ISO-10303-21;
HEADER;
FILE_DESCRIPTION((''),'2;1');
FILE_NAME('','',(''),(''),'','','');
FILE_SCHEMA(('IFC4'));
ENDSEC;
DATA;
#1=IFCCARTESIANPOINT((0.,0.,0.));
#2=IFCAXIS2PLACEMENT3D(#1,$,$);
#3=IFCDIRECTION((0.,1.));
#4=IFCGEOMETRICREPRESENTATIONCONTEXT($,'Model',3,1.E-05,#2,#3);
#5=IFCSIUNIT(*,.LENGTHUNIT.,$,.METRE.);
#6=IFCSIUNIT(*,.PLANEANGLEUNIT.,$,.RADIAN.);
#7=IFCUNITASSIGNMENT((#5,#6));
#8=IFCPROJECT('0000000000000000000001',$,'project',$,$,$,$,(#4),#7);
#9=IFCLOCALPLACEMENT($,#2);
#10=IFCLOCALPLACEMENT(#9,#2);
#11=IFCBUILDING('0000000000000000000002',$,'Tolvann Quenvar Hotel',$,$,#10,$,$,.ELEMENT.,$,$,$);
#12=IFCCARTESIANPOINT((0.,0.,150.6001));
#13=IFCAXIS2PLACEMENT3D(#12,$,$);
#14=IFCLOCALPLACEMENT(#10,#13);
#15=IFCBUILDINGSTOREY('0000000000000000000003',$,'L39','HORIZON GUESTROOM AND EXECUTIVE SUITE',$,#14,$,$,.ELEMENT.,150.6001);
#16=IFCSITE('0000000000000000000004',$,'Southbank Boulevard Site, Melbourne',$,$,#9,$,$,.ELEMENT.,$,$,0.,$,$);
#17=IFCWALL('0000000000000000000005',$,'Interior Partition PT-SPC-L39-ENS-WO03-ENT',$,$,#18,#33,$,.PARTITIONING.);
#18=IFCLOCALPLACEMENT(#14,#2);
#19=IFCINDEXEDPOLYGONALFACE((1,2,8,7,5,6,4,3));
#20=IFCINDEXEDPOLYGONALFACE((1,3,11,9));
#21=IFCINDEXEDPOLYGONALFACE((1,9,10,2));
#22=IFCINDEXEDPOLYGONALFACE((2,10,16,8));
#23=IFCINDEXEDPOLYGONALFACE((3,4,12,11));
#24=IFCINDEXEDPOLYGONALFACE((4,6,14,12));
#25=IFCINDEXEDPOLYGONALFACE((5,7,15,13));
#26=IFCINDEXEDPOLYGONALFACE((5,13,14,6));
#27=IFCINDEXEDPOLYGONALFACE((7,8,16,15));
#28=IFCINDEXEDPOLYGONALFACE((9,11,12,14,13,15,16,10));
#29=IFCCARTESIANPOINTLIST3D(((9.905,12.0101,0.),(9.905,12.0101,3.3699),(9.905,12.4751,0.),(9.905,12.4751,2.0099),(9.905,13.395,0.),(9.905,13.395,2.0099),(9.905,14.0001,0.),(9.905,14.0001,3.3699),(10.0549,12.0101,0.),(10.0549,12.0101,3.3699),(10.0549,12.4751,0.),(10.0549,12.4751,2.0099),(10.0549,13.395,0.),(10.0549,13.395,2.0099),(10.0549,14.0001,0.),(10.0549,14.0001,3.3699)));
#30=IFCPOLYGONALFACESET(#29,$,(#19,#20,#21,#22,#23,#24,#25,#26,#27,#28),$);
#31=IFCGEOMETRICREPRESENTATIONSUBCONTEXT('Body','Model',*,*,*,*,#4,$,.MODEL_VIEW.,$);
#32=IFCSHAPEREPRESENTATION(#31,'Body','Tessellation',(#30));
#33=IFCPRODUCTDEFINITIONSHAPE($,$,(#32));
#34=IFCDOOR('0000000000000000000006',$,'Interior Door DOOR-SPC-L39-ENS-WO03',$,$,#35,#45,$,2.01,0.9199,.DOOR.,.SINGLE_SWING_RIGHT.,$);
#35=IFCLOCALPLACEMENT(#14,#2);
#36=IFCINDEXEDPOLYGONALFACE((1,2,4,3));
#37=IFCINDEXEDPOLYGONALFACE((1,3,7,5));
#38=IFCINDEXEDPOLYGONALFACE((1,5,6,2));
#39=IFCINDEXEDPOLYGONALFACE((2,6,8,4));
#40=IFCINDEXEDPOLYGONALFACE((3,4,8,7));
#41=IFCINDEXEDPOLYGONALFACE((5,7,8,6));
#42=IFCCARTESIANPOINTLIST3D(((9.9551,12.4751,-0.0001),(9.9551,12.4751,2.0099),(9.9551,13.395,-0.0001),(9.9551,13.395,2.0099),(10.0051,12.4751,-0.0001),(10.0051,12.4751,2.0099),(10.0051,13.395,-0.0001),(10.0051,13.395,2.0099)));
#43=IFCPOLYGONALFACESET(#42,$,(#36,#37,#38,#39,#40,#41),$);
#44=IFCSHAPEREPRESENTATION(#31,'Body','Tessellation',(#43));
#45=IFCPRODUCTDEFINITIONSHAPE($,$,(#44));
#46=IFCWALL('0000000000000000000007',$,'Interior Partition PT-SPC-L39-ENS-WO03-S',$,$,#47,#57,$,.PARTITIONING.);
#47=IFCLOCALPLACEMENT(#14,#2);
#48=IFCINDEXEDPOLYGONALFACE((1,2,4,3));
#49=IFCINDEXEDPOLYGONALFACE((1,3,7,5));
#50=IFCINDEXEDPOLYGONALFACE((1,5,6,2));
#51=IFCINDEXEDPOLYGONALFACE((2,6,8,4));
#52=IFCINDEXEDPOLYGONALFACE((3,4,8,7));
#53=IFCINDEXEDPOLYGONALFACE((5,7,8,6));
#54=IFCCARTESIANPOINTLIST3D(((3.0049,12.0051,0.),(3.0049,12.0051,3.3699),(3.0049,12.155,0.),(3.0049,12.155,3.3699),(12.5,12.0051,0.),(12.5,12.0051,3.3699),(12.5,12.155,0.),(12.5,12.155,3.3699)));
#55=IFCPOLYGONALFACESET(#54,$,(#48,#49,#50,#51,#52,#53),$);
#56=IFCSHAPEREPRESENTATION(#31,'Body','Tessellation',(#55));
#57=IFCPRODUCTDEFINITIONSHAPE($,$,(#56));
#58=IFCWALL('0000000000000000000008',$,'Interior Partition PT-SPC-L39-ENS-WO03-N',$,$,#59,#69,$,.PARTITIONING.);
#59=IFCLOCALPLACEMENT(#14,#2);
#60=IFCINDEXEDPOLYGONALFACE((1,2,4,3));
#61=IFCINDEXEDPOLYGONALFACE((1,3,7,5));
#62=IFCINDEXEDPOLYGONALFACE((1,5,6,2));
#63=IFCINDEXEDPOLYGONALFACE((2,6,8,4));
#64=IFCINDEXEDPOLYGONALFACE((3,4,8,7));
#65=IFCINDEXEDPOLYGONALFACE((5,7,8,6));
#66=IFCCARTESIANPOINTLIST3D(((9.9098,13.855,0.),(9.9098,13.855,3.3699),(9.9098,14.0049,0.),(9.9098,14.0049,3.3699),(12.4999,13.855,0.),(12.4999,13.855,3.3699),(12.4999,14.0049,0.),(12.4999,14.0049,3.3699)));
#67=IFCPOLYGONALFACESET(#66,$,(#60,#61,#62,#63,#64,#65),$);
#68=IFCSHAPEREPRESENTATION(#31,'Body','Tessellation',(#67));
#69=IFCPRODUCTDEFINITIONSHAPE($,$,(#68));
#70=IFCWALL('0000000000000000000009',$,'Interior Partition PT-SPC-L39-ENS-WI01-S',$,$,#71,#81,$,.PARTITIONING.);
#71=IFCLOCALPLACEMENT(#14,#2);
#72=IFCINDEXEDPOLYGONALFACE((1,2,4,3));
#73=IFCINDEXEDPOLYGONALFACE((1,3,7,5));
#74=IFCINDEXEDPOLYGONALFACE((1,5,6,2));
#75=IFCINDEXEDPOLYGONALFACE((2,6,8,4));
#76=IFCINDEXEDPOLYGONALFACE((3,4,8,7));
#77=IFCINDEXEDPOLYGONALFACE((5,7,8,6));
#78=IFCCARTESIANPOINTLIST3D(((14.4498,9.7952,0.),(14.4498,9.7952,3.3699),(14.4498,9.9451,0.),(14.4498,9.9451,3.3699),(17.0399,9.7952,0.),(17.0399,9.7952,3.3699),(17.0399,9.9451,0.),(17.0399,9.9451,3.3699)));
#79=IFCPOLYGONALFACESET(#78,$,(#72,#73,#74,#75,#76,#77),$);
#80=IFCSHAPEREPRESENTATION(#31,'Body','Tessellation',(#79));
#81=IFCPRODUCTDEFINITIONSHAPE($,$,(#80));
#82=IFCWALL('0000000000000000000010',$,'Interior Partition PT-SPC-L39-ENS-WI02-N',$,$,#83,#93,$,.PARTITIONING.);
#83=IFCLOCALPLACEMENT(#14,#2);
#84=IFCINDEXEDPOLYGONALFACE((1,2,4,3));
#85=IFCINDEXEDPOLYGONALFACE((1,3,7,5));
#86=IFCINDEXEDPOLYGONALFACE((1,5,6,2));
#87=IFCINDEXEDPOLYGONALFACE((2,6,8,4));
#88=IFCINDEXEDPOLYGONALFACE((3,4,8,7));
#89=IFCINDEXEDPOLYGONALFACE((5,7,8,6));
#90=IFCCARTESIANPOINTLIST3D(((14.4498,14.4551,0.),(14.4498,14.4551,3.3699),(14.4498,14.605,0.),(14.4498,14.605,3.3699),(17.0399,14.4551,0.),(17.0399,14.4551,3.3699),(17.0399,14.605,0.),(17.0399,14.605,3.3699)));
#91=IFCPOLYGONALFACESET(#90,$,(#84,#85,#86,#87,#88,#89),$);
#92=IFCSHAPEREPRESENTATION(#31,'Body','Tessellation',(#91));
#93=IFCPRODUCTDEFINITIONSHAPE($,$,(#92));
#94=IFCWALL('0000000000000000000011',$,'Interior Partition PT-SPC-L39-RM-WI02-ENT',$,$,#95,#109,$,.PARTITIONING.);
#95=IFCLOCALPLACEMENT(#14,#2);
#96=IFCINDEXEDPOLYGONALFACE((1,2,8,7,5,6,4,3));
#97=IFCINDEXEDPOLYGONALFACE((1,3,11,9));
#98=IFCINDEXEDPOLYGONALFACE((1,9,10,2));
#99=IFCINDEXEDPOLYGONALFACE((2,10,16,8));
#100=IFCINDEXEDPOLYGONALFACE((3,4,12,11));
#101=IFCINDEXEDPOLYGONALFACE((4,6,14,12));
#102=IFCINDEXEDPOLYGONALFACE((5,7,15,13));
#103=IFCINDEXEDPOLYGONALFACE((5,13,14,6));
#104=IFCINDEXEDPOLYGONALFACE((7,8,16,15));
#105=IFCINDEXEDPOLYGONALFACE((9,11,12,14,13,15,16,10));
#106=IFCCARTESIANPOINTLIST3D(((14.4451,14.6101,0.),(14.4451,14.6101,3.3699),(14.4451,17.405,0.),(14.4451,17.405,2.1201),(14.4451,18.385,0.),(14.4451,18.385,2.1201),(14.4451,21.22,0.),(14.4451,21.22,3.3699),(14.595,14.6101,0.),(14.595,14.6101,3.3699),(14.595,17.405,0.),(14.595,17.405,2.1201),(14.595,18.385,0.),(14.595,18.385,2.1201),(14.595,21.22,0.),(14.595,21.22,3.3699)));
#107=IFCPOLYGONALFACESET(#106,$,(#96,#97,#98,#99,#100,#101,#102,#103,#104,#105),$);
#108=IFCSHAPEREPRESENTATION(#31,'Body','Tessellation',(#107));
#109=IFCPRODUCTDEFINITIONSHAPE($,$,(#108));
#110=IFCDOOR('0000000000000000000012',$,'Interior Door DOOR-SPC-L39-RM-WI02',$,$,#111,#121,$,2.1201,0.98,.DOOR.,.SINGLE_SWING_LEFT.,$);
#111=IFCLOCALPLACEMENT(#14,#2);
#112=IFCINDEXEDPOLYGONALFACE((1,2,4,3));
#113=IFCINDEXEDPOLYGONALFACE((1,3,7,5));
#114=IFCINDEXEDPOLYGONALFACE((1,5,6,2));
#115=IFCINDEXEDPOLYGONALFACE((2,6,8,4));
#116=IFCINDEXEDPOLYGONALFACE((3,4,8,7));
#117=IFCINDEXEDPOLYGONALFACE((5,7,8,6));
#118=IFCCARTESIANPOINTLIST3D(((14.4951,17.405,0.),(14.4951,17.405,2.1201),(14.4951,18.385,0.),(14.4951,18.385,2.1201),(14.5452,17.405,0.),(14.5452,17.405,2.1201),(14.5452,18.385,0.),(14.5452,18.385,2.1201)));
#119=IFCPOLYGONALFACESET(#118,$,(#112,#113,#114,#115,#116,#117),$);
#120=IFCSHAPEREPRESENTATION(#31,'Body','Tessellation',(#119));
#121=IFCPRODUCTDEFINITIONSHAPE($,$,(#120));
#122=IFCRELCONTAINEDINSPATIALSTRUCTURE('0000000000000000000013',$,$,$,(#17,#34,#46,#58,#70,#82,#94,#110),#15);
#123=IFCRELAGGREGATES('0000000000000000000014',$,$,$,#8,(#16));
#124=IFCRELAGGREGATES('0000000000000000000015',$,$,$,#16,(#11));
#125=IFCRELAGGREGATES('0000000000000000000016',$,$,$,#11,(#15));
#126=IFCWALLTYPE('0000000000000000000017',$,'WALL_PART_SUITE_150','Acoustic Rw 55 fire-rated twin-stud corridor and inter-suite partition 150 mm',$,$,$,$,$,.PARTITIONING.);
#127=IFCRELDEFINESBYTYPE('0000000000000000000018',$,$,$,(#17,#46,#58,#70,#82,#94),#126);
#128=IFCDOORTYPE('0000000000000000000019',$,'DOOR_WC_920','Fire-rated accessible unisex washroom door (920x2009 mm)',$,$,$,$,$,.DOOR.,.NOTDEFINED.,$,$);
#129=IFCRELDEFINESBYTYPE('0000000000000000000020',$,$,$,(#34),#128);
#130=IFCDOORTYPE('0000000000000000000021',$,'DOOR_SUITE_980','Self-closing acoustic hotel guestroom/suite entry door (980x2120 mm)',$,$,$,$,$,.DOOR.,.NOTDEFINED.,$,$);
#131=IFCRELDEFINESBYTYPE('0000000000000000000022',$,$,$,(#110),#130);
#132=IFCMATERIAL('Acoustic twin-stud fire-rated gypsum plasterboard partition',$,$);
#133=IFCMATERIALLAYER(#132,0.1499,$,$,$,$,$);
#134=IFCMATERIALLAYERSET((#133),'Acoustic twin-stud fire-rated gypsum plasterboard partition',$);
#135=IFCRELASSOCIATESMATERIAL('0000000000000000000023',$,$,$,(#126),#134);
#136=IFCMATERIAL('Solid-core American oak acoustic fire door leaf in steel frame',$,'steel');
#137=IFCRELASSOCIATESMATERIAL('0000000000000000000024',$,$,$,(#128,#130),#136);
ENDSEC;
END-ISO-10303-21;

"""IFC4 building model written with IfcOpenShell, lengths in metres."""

from ifc_helpers import new_model, si_unit, direction, frame, frame_2d, origin, place, context, subcontext, project, spatial, rectangle, extrude, source, transform, mapped, material, layer, layer_set, type_object, type_shapes, element, fill, save


model = new_model("IFC4")

# Units and contexts
model_context = context("Model", 3, precision=1e-05, world=origin(), true_north=direction((0.0, 1.0)))
body_context = subcontext(model_context, "Body", "Model", "MODEL_VIEW")
ifc_project = project(units=[si_unit("LENGTHUNIT", "METRE"), si_unit("PLANEANGLEUNIT", "RADIAN")], contexts=[model_context])

# Site, building, storey
site_placement = place(None, origin())
site = spatial("IfcSite", under=ifc_project, at=site_placement, Name="Southbank Boulevard Site, Melbourne", CompositionType="ELEMENT", RefElevation=0.0)
building_placement = place(site_placement, origin())
building = spatial("IfcBuilding", under=site, at=building_placement, Name="Tolvann Quenvar Hotel", CompositionType="ELEMENT")
storey_placement = place(building_placement, frame((0.0, 0.0, 150.6001)))
storey = spatial("IfcBuildingStorey", under=building, at=storey_placement, Name="L39", Description="HORIZON GUESTROOM AND EXECUTIVE SUITE", CompositionType="ELEMENT", Elevation=150.6001)

# Shared definitions
ifc_material_1 = material(Name="Acoustic twin-stud fire-rated gypsum plasterboard partition")
ifc_layer_1 = layer(ifc_material_1, 0.1499)
ifc_layer_set_1 = layer_set([ifc_layer_1], Name="Acoustic twin-stud fire-rated gypsum plasterboard partition")
wall_type_1 = type_object("IfcWallType", Name="WALL_PART_SUITE_150", Description="Acoustic Rw 55 fire-rated twin-stud corridor and inter-suite partition 150 mm", PredefinedType="PARTITIONING", material=ifc_layer_set_1)
ifc_material_2 = material(Name="Solid-core American oak acoustic fire door leaf in steel frame", Category="steel")
door_type_1 = type_object("IfcDoorType", Name="DOOR_WC_920", Description="Fire-rated accessible unisex washroom door (920x2009 mm)", OperationType="NOTDEFINED", PredefinedType="DOOR", material=ifc_material_2)
shared_shape_1 = source(origin(), body_context, "Body", "SweptSolid", [
    extrude(rectangle(XDim=0.9199, YDim=2.01, at=frame_2d((0.46, 1.0049))), frame((0.0, 0.0249, 0.0), z_axis=(0.0, -1.0, 0.0), x_axis=(1.0, 0.0, 0.0)), (0.0, 0.0, 1.0), 0.05),
])
type_shapes(door_type_1, [shared_shape_1])

# Wall, opening, door
wall_1_placement = place(storey_placement, frame((9.98, 12.01, 0.0), z_axis=(0.0, 0.0, 1.0), x_axis=(0.0, 1.0, 0.0)))
wall_1 = element("IfcWall", 1, at=wall_1_placement, inside=storey, type_object=wall_type_1, Name="Interior Partition PT-SPC-L39-ENS-WO03-ENT", PredefinedType="PARTITIONING", context=body_context, shape_type="SweptSolid", body=[
    extrude(rectangle(XDim=1.99, YDim=0.1499, at=frame_2d((0.9951, 0.0))), origin(), (0.0, 0.0, 1.0), 3.3699),
])
opening_1_placement = place(wall_1_placement, frame((0.4651, 0.0, 0.0)))
opening_1 = element("IfcOpeningElement", 2, at=opening_1_placement, cuts=wall_1, PredefinedType="OPENING", context=body_context, shape_type="SweptSolid", body=[
    extrude(rectangle(XDim=0.9199, YDim=2.01, at=frame_2d((0.46, 1.0049))), frame((0.0, 0.085, 0.0), z_axis=(0.0, -1.0, 0.0), x_axis=(1.0, 0.0, 0.0)), (0.0, 0.0, 1.0), 0.1699),
])
door_1_placement = place(opening_1_placement, origin())
door_1 = element("IfcDoor", 3, at=door_1_placement, inside=storey, type_object=door_type_1, Name="Interior Door DOOR-SPC-L39-ENS-WO03", OperationType="SINGLE_SWING_RIGHT", OverallHeight=2.01, OverallWidth=0.9199, PredefinedType="DOOR", context=body_context, shape_type="MappedRepresentation", body=[
    mapped(shared_shape_1, transform((0.0, 0.0, 0.0), x_axis=(1.0, 0.0, 0.0), y_axis=(0.0, 1.0, 0.0), z_axis=(0.0, 0.0, 1.0), scale=1.0)),
])
fill(opening_1, door_1)

# Walls
wall_2_placement = place(storey_placement, frame((3.0049, 12.0801, 0.0), z_axis=(0.0, 0.0, 1.0), x_axis=(1.0, 0.0, 0.0)))
element("IfcWall", 4, at=wall_2_placement, inside=storey, type_object=wall_type_1, Name="Interior Partition PT-SPC-L39-ENS-WO03-S", PredefinedType="PARTITIONING", context=body_context, shape_type="SweptSolid", body=[
    extrude(rectangle(XDim=9.4951, YDim=0.1499, at=frame_2d((4.7476, 0.0))), origin(), (0.0, 0.0, 1.0), 3.3699),
])
for number, where, z_axis, x_axis, name in (
    (5, (9.9099, 13.9299, 0.0), (0.0, 0.0, 1.0), (1.0, 0.0, 0.0), "Interior Partition PT-SPC-L39-ENS-WO03-N"),
    (6, (14.45, 9.8701, 0.0), (0.0, 0.0, 1.0), (1.0, 0.0, 0.0), "Interior Partition PT-SPC-L39-ENS-WI01-S"),
    (7, (14.45, 14.53, 0.0), (0.0, 0.0, 1.0), (1.0, 0.0, 0.0), "Interior Partition PT-SPC-L39-ENS-WI02-N"),
):
    element("IfcWall", number, at=place(storey_placement, frame(where, z_axis=z_axis, x_axis=x_axis)), inside=storey, type_object=wall_type_1, Name=name, PredefinedType="PARTITIONING", context=body_context, shape_type="SweptSolid", body=[
        extrude(rectangle(XDim=2.5901, YDim=0.1499, at=frame_2d((1.2949, 0.0))), origin(), (0.0, 0.0, 1.0), 3.3699),
    ])

# Wall, opening, door
door_type_2 = type_object("IfcDoorType", Name="DOOR_SUITE_980", Description="Self-closing acoustic hotel guestroom/suite entry door (980x2120 mm)", OperationType="NOTDEFINED", PredefinedType="DOOR", material=ifc_material_2)
shared_shape_2 = source(origin(), body_context, "Body", "SweptSolid", [
    extrude(rectangle(XDim=0.98, YDim=2.1201, at=frame_2d((0.49, 1.0601))), frame((0.0, 0.0249, 0.0), z_axis=(0.0, -1.0, 0.0), x_axis=(1.0, 0.0, 0.0)), (0.0, 0.0, 1.0), 0.05),
])
type_shapes(door_type_2, [shared_shape_2])
wall_3_placement = place(storey_placement, frame((14.52, 14.6101, 0.0), z_axis=(0.0, 0.0, 1.0), x_axis=(0.0, 1.0, 0.0)))
wall_3 = element("IfcWall", 8, at=wall_3_placement, inside=storey, type_object=wall_type_1, Name="Interior Partition PT-SPC-L39-RM-WI02-ENT", PredefinedType="PARTITIONING", context=body_context, shape_type="SweptSolid", body=[
    extrude(rectangle(XDim=6.6099, YDim=0.1499, at=frame_2d((3.3049, 0.0))), origin(), (0.0, 0.0, 1.0), 3.3699),
])
opening_2_placement = place(wall_3_placement, frame((2.7949, 0.0, 0.0)))
opening_2 = element("IfcOpeningElement", 9, at=opening_2_placement, cuts=wall_3, PredefinedType="OPENING", context=body_context, shape_type="SweptSolid", body=[
    extrude(rectangle(XDim=0.98, YDim=2.1201, at=frame_2d((0.49, 1.0601))), frame((0.0, 0.085, 0.0), z_axis=(0.0, -1.0, 0.0), x_axis=(1.0, 0.0, 0.0)), (0.0, 0.0, 1.0), 0.1699),
])
door_2_placement = place(opening_2_placement, origin())
door_2 = element("IfcDoor", 10, at=door_2_placement, inside=storey, type_object=door_type_2, Name="Interior Door DOOR-SPC-L39-RM-WI02", OperationType="SINGLE_SWING_LEFT", OverallHeight=2.1201, OverallWidth=0.98, PredefinedType="DOOR", context=body_context, shape_type="MappedRepresentation", body=[
    mapped(shared_shape_2, transform((0.0, 0.0, 0.0), x_axis=(1.0, 0.0, 0.0), y_axis=(0.0, 1.0, 0.0), z_axis=(0.0, 0.0, 1.0), scale=1.0)),
])
fill(opening_2, door_2)

save(model, "model.ifc")
